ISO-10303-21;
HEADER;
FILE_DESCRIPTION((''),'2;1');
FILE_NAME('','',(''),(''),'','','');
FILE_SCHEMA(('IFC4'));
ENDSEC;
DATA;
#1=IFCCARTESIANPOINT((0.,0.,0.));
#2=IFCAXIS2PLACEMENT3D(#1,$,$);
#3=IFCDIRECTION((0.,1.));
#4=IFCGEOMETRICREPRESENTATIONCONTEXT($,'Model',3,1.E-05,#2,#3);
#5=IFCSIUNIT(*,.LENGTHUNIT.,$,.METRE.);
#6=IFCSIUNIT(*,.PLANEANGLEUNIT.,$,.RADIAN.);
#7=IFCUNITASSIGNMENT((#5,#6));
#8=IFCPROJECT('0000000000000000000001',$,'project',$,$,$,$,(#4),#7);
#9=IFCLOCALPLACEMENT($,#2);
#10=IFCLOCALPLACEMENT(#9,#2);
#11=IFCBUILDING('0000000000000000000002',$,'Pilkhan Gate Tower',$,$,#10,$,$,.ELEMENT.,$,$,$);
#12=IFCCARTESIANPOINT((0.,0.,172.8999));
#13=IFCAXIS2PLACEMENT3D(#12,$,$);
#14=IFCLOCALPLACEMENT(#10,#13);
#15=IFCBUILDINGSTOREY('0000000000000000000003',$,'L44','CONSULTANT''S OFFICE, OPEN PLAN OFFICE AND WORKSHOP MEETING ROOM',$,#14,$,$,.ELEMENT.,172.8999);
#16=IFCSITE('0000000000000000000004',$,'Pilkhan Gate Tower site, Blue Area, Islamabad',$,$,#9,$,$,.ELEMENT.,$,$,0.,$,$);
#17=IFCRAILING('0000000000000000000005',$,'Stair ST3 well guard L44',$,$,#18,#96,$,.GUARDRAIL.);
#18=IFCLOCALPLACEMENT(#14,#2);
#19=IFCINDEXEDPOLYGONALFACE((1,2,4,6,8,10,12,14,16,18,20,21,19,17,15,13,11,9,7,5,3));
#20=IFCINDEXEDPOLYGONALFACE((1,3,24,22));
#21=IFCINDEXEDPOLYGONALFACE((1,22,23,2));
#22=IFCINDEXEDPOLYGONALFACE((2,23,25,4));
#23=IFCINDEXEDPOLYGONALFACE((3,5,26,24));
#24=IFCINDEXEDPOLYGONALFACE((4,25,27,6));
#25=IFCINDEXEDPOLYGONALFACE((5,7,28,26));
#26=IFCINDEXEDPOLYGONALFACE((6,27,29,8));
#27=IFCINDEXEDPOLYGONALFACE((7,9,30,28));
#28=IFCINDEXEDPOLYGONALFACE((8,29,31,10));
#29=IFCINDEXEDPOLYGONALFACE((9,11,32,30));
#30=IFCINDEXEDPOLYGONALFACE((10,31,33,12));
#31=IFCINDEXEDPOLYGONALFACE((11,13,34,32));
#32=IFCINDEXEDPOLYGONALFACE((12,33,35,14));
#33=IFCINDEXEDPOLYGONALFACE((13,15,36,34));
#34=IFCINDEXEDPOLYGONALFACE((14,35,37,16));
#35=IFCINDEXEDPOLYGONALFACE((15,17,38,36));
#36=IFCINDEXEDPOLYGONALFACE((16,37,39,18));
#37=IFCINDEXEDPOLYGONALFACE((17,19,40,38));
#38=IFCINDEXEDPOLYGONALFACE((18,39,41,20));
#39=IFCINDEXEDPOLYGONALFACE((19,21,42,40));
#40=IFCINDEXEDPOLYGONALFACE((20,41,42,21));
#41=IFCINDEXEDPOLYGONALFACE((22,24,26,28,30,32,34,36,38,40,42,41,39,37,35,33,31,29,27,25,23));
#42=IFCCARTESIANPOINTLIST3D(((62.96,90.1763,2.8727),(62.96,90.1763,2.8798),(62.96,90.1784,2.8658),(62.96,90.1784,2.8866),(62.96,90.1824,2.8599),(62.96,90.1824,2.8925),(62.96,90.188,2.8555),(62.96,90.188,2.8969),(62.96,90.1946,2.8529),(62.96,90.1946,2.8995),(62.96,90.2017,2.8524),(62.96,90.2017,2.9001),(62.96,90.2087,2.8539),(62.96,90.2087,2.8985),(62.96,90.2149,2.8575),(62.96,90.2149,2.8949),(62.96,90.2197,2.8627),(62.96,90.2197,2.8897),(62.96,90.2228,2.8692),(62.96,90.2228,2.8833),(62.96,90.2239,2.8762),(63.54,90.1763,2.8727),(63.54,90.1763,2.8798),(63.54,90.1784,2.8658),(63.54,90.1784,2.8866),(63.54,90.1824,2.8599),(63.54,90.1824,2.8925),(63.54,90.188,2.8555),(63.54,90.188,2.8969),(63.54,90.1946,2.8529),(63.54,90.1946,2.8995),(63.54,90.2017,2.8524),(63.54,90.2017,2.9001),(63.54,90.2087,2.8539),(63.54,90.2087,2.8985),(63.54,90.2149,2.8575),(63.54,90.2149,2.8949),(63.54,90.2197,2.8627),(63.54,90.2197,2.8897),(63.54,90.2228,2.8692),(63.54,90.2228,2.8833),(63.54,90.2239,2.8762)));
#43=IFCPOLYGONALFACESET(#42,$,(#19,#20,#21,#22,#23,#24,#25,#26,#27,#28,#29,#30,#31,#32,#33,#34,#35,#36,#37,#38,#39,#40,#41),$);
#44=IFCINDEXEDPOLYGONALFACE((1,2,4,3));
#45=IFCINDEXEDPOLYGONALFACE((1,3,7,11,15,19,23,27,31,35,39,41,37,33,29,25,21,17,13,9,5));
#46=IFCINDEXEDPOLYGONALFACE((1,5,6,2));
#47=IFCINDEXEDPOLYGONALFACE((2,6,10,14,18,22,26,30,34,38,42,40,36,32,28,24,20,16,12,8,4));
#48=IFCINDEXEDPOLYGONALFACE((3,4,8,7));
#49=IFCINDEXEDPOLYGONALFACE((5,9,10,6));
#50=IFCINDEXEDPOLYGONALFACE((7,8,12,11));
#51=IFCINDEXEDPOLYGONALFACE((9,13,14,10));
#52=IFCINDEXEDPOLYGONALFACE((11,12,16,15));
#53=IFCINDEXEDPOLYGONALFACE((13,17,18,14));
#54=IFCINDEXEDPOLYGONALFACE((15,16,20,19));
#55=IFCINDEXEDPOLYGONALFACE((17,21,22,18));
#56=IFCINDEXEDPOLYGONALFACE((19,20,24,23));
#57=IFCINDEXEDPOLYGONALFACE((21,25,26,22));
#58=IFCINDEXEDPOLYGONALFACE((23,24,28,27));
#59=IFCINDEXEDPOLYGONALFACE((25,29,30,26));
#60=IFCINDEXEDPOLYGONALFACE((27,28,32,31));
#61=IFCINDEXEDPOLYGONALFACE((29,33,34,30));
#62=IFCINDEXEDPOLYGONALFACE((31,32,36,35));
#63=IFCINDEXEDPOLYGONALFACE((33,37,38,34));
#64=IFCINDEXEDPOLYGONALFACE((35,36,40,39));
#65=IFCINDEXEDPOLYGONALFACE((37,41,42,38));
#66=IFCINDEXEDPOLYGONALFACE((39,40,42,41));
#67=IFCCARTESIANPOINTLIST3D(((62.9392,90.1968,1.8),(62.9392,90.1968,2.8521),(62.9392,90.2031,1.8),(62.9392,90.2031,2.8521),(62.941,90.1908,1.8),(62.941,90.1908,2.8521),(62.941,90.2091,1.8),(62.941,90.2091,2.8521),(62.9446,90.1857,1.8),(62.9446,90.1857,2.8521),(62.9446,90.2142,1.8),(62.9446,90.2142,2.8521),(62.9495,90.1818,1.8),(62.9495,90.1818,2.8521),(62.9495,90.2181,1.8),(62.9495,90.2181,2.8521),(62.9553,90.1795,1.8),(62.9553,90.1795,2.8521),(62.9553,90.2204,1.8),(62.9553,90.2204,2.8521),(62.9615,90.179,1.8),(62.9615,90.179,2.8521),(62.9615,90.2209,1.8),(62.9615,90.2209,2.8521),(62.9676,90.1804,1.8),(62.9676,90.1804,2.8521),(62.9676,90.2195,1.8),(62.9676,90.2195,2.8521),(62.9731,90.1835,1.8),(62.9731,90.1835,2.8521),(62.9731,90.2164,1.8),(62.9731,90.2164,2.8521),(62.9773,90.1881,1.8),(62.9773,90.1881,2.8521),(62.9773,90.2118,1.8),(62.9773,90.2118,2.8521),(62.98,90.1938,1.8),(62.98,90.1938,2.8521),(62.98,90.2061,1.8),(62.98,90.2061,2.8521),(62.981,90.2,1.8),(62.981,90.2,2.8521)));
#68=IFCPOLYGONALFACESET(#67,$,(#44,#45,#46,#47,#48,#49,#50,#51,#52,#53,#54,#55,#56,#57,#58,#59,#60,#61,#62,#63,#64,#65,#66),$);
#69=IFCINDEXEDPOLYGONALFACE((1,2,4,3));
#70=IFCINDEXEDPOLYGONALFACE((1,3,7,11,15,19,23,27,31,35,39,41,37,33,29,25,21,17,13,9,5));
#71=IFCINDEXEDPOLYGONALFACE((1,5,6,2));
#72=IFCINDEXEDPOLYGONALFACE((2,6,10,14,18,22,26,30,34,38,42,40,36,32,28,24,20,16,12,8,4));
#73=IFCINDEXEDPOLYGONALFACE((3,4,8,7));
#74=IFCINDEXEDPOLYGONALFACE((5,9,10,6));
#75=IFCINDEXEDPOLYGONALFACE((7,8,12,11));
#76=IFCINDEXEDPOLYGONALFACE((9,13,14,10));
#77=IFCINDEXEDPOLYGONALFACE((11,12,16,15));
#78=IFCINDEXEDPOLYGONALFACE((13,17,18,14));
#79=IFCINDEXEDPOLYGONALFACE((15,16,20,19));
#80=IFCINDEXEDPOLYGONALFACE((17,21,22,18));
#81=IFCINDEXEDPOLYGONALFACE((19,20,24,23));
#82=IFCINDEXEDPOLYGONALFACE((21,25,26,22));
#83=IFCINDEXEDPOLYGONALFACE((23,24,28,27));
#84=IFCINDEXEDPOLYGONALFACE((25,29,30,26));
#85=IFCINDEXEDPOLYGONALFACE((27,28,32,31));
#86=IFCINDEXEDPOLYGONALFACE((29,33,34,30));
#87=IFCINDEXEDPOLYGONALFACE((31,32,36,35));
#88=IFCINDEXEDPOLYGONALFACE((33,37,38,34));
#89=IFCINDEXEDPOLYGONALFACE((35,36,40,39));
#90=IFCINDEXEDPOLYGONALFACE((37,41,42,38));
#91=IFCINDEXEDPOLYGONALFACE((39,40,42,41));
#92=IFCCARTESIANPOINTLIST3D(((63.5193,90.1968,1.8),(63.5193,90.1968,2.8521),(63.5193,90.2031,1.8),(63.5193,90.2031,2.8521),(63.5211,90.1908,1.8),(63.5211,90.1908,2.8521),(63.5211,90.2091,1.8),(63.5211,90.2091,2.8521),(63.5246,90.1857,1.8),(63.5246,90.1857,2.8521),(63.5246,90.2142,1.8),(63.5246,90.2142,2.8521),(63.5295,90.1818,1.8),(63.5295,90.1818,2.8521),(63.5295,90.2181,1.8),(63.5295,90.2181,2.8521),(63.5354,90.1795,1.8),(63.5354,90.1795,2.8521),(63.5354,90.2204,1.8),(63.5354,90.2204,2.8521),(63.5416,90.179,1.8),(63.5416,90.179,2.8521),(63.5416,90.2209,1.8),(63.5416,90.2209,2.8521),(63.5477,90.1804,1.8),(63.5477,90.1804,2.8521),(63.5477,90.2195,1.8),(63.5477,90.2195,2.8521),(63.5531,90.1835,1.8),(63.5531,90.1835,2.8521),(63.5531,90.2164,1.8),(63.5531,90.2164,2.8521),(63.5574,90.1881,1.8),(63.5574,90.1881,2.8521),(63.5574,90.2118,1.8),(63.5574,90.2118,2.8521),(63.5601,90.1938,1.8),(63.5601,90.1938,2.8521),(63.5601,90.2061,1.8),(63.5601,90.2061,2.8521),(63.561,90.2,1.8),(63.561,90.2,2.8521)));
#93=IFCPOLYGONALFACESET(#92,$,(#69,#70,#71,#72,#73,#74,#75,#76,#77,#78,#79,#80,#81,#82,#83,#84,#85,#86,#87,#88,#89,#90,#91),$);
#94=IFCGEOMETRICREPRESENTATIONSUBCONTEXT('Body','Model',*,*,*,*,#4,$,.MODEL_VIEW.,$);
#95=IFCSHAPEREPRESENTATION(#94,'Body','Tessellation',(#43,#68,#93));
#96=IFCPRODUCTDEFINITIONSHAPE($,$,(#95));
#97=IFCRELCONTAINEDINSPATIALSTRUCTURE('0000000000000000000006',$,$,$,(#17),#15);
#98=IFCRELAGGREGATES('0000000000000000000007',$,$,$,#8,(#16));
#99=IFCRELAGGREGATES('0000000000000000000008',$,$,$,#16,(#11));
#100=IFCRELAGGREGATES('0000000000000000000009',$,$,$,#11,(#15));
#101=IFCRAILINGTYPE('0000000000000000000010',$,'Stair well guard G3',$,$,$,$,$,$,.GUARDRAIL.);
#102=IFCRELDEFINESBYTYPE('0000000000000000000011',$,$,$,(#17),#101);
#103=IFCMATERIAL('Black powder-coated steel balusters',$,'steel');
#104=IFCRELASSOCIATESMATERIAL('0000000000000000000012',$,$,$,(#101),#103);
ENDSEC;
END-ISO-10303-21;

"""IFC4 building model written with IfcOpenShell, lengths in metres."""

from ifc_helpers import new_model, si_unit, direction, frame, origin, origin_2d, place, context, subcontext, project, spatial, circle, extrude, material, type_object, element, save


model = new_model("IFC4")

# Units and contexts
model_context = context("Model", 3, precision=1e-05, world=origin(), true_north=direction((0.0, 1.0)))
body_context = subcontext(model_context, "Body", "Model", "MODEL_VIEW")
ifc_project = project(units=[si_unit("LENGTHUNIT", "METRE"), si_unit("PLANEANGLEUNIT", "RADIAN")], contexts=[model_context])

# Site, building, storey
site_placement = place(None, origin())
site = spatial("IfcSite", under=ifc_project, at=site_placement, Name="Pilkhan Gate Tower site, Blue Area, Islamabad", CompositionType="ELEMENT", RefElevation=0.0)
building_placement = place(site_placement, origin())
building = spatial("IfcBuilding", under=site, at=building_placement, Name="Pilkhan Gate Tower", CompositionType="ELEMENT")
storey_placement = place(building_placement, frame((0.0, 0.0, 172.8999)))
storey = spatial("IfcBuildingStorey", under=building, at=storey_placement, Name="L44", Description="CONSULTANT'S OFFICE, OPEN PLAN OFFICE AND WORKSHOP MEETING ROOM", CompositionType="ELEMENT", Elevation=172.8999)

# Railing
ifc_material_1 = material(Name="Black powder-coated steel balusters", Category="steel")
railing_type_1 = type_object("IfcRailingType", Name="Stair well guard G3", PredefinedType="GUARDRAIL", material=ifc_material_1)
for number, where, name in (
    (1, (62.96, 90.2, 1.8), "Stair ST3 well guard L44"),
):
    element("IfcRailing", number, at=place(storey_placement, frame(where)), inside=storey, type_object=railing_type_1, Name=name, PredefinedType="GUARDRAIL", context=body_context, shape_type="SweptSolid", body=[
        extrude(circle(Radius=0.0239, at=origin_2d()), frame((0.0, 0.0, 1.0762), z_axis=(1.0, 0.0, 0.0), x_axis=(0.0, 1.0, 0.0)), (0.0, 0.0, 1.0), 0.5801),
        extrude(circle(Radius=0.021, at=origin_2d()), origin(), (0.0, 0.0, 1.0), 1.052),
        extrude(circle(Radius=0.021, at=origin_2d()), frame((0.5801, 0.0, 0.0)), (0.0, 0.0, 1.0), 1.052),
    ])

save(model, "model.ifc")
